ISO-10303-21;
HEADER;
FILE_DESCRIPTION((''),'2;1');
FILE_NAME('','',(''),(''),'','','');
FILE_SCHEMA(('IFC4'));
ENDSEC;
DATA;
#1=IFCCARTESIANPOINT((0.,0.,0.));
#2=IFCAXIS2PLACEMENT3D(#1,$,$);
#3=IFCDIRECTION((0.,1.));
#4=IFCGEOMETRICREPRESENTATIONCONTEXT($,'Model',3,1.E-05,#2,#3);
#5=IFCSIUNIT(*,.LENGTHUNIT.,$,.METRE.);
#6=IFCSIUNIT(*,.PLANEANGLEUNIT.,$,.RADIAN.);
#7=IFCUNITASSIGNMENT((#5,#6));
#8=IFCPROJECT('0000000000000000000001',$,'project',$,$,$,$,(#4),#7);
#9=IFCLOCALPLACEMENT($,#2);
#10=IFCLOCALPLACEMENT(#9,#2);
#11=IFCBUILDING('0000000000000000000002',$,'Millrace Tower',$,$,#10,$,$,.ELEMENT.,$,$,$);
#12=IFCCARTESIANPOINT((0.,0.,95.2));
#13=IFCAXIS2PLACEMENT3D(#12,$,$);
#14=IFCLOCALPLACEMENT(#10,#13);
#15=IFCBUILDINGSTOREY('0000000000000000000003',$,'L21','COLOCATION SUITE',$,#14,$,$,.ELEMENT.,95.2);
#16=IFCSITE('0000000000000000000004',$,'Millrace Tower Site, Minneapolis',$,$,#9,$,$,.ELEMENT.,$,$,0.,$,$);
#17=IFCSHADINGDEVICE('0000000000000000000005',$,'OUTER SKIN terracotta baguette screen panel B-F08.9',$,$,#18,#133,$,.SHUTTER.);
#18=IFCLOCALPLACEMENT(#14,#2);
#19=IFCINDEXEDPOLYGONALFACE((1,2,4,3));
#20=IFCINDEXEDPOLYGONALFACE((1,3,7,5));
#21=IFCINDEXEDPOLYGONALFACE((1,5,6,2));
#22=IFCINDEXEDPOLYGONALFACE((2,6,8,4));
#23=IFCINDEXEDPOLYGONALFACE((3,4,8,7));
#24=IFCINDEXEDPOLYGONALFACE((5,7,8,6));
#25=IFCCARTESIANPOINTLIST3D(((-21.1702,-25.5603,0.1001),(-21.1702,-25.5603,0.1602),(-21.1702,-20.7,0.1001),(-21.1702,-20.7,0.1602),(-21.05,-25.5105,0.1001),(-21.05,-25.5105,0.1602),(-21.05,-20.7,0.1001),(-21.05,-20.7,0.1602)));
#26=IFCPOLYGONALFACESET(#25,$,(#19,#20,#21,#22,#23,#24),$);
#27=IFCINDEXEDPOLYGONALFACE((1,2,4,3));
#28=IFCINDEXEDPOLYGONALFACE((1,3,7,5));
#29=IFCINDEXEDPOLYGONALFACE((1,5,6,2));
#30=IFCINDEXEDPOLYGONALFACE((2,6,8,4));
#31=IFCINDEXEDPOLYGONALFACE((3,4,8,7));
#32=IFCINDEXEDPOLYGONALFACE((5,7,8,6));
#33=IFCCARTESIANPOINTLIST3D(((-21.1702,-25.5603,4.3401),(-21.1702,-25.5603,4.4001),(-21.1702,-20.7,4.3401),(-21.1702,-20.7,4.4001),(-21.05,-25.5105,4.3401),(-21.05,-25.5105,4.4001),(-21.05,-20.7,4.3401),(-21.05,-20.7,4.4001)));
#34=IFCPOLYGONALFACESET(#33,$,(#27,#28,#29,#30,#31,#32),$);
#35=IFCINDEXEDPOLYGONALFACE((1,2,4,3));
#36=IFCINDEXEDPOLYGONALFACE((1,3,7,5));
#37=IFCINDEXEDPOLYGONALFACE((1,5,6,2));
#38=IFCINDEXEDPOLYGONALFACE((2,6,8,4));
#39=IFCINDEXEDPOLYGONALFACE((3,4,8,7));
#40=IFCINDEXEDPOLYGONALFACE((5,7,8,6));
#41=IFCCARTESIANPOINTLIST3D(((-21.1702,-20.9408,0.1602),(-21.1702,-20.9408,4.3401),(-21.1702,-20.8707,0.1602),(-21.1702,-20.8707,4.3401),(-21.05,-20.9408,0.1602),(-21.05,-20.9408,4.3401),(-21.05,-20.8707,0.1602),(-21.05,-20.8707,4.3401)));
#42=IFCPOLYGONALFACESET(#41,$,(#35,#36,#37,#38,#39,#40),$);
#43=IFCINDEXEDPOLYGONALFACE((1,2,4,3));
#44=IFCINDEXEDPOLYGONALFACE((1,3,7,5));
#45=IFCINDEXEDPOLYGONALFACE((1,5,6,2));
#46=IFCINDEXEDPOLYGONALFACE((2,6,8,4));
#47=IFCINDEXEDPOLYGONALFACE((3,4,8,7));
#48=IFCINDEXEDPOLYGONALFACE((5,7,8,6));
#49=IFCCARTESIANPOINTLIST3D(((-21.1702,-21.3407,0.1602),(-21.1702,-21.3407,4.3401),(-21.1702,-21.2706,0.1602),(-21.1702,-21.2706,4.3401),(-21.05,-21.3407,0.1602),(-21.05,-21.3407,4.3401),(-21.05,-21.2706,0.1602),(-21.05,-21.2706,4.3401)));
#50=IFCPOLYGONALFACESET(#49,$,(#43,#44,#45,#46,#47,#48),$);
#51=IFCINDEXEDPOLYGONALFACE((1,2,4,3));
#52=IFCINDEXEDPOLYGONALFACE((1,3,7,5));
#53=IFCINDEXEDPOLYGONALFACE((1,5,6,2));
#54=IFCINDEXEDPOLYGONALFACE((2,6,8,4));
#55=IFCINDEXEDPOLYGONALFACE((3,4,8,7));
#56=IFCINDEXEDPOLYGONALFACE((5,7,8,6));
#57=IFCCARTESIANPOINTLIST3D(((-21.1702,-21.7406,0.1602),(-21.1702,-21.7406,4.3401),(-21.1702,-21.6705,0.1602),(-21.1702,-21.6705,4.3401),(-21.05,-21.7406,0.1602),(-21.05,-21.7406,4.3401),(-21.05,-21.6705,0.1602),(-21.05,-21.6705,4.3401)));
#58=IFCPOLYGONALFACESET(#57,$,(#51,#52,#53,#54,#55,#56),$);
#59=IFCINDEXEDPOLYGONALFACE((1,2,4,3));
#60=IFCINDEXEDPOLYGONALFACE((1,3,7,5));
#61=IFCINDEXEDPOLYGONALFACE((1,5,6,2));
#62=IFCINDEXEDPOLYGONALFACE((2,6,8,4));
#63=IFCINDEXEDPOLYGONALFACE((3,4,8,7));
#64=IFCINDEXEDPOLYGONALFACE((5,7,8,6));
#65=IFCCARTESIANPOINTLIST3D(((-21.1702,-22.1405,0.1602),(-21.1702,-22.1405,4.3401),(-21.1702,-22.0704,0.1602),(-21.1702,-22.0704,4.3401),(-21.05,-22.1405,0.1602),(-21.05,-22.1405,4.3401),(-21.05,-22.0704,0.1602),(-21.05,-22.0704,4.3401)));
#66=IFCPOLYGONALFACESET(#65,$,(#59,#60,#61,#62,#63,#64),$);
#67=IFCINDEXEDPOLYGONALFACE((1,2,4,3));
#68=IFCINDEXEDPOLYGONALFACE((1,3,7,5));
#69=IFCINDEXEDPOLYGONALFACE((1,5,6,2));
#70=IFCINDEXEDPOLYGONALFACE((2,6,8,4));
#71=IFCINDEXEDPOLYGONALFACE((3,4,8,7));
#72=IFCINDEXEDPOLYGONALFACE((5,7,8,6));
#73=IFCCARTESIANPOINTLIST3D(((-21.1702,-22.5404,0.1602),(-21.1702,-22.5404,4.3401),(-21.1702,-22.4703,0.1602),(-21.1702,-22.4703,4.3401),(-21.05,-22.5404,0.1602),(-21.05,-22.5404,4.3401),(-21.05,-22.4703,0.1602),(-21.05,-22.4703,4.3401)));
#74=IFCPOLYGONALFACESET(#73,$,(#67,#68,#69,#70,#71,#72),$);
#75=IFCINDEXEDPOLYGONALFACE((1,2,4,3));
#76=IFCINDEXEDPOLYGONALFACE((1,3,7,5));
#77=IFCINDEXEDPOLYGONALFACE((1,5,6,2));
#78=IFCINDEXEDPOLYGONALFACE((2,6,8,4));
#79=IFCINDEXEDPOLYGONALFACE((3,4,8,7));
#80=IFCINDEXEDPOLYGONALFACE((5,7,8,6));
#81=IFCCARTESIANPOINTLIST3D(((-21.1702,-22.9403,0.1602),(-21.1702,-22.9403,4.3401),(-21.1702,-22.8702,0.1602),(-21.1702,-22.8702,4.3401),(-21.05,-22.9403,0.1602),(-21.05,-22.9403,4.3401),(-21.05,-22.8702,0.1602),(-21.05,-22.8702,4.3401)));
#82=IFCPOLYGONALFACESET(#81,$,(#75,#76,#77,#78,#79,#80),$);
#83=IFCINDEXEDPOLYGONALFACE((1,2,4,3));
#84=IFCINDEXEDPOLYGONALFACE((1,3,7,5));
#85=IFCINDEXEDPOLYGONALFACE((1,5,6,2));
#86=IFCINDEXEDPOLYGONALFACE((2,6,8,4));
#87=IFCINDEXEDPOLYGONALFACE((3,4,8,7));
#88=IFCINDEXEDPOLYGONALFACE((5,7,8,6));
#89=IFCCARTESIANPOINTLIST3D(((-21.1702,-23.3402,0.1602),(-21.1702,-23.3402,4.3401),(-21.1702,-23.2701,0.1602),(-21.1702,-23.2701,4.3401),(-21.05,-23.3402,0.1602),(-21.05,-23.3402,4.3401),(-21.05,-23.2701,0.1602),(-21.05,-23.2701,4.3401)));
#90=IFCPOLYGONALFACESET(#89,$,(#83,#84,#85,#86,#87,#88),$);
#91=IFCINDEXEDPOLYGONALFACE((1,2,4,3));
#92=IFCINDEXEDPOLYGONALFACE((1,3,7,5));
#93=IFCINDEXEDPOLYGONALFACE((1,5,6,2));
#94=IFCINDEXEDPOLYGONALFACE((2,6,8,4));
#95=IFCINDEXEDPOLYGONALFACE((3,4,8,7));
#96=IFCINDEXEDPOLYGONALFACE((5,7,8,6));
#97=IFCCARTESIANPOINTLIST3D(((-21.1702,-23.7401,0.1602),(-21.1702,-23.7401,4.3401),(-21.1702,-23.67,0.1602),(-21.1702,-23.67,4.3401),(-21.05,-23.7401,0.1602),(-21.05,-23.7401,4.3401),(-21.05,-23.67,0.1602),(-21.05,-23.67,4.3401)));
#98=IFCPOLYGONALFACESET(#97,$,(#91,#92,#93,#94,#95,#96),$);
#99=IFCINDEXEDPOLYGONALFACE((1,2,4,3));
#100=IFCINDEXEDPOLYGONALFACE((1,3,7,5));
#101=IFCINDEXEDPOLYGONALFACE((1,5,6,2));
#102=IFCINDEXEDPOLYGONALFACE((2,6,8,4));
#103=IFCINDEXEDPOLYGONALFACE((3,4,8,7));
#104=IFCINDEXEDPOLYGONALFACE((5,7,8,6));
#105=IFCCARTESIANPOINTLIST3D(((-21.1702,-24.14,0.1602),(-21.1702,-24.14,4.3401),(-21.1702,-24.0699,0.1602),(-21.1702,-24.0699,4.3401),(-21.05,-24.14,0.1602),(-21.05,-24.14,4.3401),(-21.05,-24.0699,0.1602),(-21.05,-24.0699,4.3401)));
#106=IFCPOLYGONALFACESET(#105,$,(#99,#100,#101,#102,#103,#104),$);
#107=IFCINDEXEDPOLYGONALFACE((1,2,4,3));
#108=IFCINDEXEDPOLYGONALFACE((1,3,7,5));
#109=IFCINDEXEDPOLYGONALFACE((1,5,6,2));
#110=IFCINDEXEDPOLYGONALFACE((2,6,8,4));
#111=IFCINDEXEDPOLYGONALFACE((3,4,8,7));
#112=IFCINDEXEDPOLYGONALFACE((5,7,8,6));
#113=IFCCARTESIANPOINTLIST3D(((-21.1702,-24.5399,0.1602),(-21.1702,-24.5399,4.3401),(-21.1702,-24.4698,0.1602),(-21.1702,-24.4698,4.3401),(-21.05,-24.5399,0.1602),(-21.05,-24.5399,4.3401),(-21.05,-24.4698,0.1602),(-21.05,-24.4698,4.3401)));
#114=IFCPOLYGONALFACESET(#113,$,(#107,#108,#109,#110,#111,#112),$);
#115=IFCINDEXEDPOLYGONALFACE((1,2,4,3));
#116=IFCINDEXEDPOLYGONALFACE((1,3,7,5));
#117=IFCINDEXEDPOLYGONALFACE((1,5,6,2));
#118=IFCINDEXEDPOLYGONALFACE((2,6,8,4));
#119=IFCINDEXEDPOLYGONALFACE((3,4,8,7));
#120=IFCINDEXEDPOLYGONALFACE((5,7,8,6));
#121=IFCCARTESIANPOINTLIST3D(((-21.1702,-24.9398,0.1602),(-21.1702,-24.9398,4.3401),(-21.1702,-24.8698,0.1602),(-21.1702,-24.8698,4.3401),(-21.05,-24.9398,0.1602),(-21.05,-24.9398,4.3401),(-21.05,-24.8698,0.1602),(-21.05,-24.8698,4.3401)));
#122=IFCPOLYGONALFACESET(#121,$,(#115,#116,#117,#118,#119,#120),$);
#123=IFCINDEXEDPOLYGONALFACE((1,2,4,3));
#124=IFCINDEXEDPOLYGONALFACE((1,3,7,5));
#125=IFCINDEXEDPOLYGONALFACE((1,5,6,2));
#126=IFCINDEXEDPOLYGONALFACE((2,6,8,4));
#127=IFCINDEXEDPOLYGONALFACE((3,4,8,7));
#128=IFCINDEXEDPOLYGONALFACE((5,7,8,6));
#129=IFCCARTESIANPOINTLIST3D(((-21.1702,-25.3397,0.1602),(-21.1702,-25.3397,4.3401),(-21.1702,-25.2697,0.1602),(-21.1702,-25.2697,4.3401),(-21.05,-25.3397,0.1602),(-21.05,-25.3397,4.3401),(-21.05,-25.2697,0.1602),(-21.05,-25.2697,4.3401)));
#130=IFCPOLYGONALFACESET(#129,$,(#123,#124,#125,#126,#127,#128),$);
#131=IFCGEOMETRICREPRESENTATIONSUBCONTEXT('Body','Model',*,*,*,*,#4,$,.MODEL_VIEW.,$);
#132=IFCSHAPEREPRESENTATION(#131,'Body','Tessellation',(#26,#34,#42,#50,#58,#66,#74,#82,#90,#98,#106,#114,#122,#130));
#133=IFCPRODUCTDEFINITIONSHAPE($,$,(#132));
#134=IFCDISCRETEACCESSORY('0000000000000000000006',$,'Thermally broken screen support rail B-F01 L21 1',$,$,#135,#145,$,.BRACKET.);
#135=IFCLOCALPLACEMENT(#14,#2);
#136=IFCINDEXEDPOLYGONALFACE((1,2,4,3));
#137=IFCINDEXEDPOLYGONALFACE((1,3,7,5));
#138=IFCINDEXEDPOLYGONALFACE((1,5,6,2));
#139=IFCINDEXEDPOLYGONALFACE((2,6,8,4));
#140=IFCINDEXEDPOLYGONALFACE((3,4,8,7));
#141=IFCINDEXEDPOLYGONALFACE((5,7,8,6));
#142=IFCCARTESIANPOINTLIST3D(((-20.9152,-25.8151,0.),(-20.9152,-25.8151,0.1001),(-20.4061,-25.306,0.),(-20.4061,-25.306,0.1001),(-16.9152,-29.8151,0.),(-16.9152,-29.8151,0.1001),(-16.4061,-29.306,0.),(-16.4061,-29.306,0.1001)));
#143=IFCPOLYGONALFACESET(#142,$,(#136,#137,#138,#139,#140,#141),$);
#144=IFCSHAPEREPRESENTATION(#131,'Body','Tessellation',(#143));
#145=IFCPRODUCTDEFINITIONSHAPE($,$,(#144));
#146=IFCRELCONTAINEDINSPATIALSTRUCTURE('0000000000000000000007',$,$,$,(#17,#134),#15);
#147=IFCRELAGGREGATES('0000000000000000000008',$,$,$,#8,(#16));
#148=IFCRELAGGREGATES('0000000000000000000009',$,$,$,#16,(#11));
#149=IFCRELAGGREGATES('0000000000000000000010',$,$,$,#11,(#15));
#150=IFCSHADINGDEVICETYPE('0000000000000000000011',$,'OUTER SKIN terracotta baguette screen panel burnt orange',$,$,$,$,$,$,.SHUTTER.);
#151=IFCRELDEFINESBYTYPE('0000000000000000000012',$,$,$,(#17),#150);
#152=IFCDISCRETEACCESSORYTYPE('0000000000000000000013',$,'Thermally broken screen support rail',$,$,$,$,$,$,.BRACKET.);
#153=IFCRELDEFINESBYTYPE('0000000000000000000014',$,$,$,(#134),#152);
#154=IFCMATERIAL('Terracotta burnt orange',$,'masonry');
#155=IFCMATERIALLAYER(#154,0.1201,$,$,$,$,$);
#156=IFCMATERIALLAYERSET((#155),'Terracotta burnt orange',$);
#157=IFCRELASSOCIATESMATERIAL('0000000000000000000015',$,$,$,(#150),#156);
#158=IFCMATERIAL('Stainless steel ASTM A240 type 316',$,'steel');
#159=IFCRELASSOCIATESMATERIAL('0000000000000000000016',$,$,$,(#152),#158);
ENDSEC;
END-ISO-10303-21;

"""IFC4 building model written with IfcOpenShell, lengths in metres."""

from ifc_helpers import new_model, entity, si_unit, direction, frame, frame_2d, origin, origin_2d, place, context, subcontext, project, spatial, rectangle, extrude, source, transform, mapped, material, layer, layer_set, type_object, element, save


model = new_model("IFC4")

# Units and contexts
model_context = context("Model", 3, precision=1e-05, world=origin(), true_north=direction((0.0, 1.0)))
body_context = subcontext(model_context, "Body", "Model", "MODEL_VIEW")
ifc_project = project(units=[si_unit("LENGTHUNIT", "METRE"), si_unit("PLANEANGLEUNIT", "RADIAN")], contexts=[model_context])

# Site, building, storey
site_placement = place(None, origin())
site = spatial("IfcSite", under=ifc_project, at=site_placement, Name="Millrace Tower Site, Minneapolis", CompositionType="ELEMENT", RefElevation=0.0)
building_placement = place(site_placement, origin())
building = spatial("IfcBuilding", under=site, at=building_placement, Name="Millrace Tower", CompositionType="ELEMENT")
storey_placement = place(building_placement, frame((0.0, 0.0, 95.2)))
storey = spatial("IfcBuildingStorey", under=building, at=storey_placement, Name="L21", Description="COLOCATION SUITE", CompositionType="ELEMENT", Elevation=95.2)

# Shading device
ifc_material_1 = material(Name="Terracotta burnt orange", Category="masonry")
ifc_layer_1 = layer(ifc_material_1, 0.1201)
ifc_layer_set_1 = layer_set([ifc_layer_1], Name="Terracotta burnt orange")
shading_device_type = type_object("IfcShadingDeviceType", Name="OUTER SKIN terracotta baguette screen panel burnt orange", PredefinedType="SHUTTER", material=ifc_layer_set_1)
cartesian_point_1 = entity("IfcCartesianPoint", [-2.4177, 0.0601])
shared_polyline_1 = entity("IfcPolyline", [cartesian_point_1, entity("IfcCartesianPoint", [2.3928, 0.0601]), entity("IfcCartesianPoint", [2.4426, -0.0601]), entity("IfcCartesianPoint", [-2.4177, -0.0601]), cartesian_point_1])
shared_shape_1 = source(origin(), body_context, "Body", "SweptSolid", [
    entity("IfcExtrudedAreaSolid", entity("IfcArbitraryClosedProfileDef", "AREA", None, shared_polyline_1), entity("IfcAxis2Placement3D", entity("IfcCartesianPoint", [0.0, 0.0, 0.0])), entity("IfcDirection", [0.0, 0.0, 1.0]), 0.0601),
    entity("IfcExtrudedAreaSolid", entity("IfcArbitraryClosedProfileDef", "AREA", None, shared_polyline_1), entity("IfcAxis2Placement3D", entity("IfcCartesianPoint", [0.0, 0.0, 4.24])), entity("IfcDirection", [0.0, 0.0, 1.0]), 0.0601),
    extrude(rectangle(XDim=0.0701, YDim=0.1201, at=frame_2d((-2.2119, 0.0))), frame((0.0, 0.0, 0.0601)), (0.0, 0.0, 1.0), 4.1799),
    extrude(rectangle(XDim=0.0701, YDim=0.1201, at=frame_2d((-1.812, 0.0))), frame((0.0, 0.0, 0.0601)), (0.0, 0.0, 1.0), 4.1799),
    extrude(rectangle(XDim=0.0701, YDim=0.1201, at=frame_2d((-1.4121, 0.0))), frame((0.0, 0.0, 0.0601)), (0.0, 0.0, 1.0), 4.1799),
    extrude(rectangle(XDim=0.0701, YDim=0.1201, at=frame_2d((-1.0122, 0.0))), frame((0.0, 0.0, 0.0601)), (0.0, 0.0, 1.0), 4.1799),
    extrude(rectangle(XDim=0.0701, YDim=0.1201, at=frame_2d((-0.6123, 0.0))), frame((0.0, 0.0, 0.0601)), (0.0, 0.0, 1.0), 4.1799),
    extrude(rectangle(XDim=0.0701, YDim=0.1201, at=frame_2d((-0.2124, 0.0))), frame((0.0, 0.0, 0.0601)), (0.0, 0.0, 1.0), 4.1799),
    extrude(rectangle(XDim=0.0701, YDim=0.1201, at=frame_2d((0.1875, 0.0))), frame((0.0, 0.0, 0.0601)), (0.0, 0.0, 1.0), 4.1799),
    extrude(rectangle(XDim=0.0701, YDim=0.1201, at=frame_2d((0.5874, 0.0))), frame((0.0, 0.0, 0.0601)), (0.0, 0.0, 1.0), 4.1799),
    extrude(rectangle(XDim=0.0701, YDim=0.1201, at=frame_2d((0.9873, 0.0))), frame((0.0, 0.0, 0.0601)), (0.0, 0.0, 1.0), 4.1799),
    extrude(rectangle(XDim=0.0701, YDim=0.1201, at=frame_2d((1.3872, 0.0))), frame((0.0, 0.0, 0.0601)), (0.0, 0.0, 1.0), 4.1799),
    extrude(rectangle(XDim=0.0701, YDim=0.1201, at=frame_2d((1.7871, 0.0))), frame((0.0, 0.0, 0.0601)), (0.0, 0.0, 1.0), 4.1799),
    extrude(rectangle(XDim=0.0701, YDim=0.1201, at=frame_2d((2.187, 0.0))), frame((0.0, 0.0, 0.0601)), (0.0, 0.0, 1.0), 4.1799),
])
shading_device_1_placement = place(storey_placement, frame((-21.1101, -23.1177, 0.1001), z_axis=(0.0, 0.0, 1.0), x_axis=(0.0, -1.0, 0.0)))
element("IfcShadingDevice", 1, at=shading_device_1_placement, inside=storey, type_object=shading_device_type, Name="OUTER SKIN terracotta baguette screen panel B-F08.9", PredefinedType="SHUTTER", context=body_context, shape_type="MappedRepresentation", body=[
    mapped(shared_shape_1, transform((0.0, 0.0, 0.0), scale=1.0)),
])

# Discrete accessory
ifc_material_2 = material(Name="Stainless steel ASTM A240 type 316", Category="steel")
discrete_accessory_type = type_object("IfcDiscreteAccessoryType", Name="Thermally broken screen support rail", PredefinedType="BRACKET", material=ifc_material_2)
discrete_accessory_placement = place(storey_placement, frame((-18.6606, -27.5605, 0.0), z_axis=(0.0, 0.0, 1.0), x_axis=(0.707107, -0.707107, 0.0)))
element("IfcDiscreteAccessory", 2, at=discrete_accessory_placement, inside=storey, type_object=discrete_accessory_type, Name="Thermally broken screen support rail B-F01 L21 1", PredefinedType="BRACKET", context=body_context, shape_type="SweptSolid", body=[
    extrude(rectangle(XDim=5.6567, YDim=0.72, at=origin_2d()), origin(), (0.0, 0.0, 1.0), 0.1001),
])

save(model, "model.ifc")
